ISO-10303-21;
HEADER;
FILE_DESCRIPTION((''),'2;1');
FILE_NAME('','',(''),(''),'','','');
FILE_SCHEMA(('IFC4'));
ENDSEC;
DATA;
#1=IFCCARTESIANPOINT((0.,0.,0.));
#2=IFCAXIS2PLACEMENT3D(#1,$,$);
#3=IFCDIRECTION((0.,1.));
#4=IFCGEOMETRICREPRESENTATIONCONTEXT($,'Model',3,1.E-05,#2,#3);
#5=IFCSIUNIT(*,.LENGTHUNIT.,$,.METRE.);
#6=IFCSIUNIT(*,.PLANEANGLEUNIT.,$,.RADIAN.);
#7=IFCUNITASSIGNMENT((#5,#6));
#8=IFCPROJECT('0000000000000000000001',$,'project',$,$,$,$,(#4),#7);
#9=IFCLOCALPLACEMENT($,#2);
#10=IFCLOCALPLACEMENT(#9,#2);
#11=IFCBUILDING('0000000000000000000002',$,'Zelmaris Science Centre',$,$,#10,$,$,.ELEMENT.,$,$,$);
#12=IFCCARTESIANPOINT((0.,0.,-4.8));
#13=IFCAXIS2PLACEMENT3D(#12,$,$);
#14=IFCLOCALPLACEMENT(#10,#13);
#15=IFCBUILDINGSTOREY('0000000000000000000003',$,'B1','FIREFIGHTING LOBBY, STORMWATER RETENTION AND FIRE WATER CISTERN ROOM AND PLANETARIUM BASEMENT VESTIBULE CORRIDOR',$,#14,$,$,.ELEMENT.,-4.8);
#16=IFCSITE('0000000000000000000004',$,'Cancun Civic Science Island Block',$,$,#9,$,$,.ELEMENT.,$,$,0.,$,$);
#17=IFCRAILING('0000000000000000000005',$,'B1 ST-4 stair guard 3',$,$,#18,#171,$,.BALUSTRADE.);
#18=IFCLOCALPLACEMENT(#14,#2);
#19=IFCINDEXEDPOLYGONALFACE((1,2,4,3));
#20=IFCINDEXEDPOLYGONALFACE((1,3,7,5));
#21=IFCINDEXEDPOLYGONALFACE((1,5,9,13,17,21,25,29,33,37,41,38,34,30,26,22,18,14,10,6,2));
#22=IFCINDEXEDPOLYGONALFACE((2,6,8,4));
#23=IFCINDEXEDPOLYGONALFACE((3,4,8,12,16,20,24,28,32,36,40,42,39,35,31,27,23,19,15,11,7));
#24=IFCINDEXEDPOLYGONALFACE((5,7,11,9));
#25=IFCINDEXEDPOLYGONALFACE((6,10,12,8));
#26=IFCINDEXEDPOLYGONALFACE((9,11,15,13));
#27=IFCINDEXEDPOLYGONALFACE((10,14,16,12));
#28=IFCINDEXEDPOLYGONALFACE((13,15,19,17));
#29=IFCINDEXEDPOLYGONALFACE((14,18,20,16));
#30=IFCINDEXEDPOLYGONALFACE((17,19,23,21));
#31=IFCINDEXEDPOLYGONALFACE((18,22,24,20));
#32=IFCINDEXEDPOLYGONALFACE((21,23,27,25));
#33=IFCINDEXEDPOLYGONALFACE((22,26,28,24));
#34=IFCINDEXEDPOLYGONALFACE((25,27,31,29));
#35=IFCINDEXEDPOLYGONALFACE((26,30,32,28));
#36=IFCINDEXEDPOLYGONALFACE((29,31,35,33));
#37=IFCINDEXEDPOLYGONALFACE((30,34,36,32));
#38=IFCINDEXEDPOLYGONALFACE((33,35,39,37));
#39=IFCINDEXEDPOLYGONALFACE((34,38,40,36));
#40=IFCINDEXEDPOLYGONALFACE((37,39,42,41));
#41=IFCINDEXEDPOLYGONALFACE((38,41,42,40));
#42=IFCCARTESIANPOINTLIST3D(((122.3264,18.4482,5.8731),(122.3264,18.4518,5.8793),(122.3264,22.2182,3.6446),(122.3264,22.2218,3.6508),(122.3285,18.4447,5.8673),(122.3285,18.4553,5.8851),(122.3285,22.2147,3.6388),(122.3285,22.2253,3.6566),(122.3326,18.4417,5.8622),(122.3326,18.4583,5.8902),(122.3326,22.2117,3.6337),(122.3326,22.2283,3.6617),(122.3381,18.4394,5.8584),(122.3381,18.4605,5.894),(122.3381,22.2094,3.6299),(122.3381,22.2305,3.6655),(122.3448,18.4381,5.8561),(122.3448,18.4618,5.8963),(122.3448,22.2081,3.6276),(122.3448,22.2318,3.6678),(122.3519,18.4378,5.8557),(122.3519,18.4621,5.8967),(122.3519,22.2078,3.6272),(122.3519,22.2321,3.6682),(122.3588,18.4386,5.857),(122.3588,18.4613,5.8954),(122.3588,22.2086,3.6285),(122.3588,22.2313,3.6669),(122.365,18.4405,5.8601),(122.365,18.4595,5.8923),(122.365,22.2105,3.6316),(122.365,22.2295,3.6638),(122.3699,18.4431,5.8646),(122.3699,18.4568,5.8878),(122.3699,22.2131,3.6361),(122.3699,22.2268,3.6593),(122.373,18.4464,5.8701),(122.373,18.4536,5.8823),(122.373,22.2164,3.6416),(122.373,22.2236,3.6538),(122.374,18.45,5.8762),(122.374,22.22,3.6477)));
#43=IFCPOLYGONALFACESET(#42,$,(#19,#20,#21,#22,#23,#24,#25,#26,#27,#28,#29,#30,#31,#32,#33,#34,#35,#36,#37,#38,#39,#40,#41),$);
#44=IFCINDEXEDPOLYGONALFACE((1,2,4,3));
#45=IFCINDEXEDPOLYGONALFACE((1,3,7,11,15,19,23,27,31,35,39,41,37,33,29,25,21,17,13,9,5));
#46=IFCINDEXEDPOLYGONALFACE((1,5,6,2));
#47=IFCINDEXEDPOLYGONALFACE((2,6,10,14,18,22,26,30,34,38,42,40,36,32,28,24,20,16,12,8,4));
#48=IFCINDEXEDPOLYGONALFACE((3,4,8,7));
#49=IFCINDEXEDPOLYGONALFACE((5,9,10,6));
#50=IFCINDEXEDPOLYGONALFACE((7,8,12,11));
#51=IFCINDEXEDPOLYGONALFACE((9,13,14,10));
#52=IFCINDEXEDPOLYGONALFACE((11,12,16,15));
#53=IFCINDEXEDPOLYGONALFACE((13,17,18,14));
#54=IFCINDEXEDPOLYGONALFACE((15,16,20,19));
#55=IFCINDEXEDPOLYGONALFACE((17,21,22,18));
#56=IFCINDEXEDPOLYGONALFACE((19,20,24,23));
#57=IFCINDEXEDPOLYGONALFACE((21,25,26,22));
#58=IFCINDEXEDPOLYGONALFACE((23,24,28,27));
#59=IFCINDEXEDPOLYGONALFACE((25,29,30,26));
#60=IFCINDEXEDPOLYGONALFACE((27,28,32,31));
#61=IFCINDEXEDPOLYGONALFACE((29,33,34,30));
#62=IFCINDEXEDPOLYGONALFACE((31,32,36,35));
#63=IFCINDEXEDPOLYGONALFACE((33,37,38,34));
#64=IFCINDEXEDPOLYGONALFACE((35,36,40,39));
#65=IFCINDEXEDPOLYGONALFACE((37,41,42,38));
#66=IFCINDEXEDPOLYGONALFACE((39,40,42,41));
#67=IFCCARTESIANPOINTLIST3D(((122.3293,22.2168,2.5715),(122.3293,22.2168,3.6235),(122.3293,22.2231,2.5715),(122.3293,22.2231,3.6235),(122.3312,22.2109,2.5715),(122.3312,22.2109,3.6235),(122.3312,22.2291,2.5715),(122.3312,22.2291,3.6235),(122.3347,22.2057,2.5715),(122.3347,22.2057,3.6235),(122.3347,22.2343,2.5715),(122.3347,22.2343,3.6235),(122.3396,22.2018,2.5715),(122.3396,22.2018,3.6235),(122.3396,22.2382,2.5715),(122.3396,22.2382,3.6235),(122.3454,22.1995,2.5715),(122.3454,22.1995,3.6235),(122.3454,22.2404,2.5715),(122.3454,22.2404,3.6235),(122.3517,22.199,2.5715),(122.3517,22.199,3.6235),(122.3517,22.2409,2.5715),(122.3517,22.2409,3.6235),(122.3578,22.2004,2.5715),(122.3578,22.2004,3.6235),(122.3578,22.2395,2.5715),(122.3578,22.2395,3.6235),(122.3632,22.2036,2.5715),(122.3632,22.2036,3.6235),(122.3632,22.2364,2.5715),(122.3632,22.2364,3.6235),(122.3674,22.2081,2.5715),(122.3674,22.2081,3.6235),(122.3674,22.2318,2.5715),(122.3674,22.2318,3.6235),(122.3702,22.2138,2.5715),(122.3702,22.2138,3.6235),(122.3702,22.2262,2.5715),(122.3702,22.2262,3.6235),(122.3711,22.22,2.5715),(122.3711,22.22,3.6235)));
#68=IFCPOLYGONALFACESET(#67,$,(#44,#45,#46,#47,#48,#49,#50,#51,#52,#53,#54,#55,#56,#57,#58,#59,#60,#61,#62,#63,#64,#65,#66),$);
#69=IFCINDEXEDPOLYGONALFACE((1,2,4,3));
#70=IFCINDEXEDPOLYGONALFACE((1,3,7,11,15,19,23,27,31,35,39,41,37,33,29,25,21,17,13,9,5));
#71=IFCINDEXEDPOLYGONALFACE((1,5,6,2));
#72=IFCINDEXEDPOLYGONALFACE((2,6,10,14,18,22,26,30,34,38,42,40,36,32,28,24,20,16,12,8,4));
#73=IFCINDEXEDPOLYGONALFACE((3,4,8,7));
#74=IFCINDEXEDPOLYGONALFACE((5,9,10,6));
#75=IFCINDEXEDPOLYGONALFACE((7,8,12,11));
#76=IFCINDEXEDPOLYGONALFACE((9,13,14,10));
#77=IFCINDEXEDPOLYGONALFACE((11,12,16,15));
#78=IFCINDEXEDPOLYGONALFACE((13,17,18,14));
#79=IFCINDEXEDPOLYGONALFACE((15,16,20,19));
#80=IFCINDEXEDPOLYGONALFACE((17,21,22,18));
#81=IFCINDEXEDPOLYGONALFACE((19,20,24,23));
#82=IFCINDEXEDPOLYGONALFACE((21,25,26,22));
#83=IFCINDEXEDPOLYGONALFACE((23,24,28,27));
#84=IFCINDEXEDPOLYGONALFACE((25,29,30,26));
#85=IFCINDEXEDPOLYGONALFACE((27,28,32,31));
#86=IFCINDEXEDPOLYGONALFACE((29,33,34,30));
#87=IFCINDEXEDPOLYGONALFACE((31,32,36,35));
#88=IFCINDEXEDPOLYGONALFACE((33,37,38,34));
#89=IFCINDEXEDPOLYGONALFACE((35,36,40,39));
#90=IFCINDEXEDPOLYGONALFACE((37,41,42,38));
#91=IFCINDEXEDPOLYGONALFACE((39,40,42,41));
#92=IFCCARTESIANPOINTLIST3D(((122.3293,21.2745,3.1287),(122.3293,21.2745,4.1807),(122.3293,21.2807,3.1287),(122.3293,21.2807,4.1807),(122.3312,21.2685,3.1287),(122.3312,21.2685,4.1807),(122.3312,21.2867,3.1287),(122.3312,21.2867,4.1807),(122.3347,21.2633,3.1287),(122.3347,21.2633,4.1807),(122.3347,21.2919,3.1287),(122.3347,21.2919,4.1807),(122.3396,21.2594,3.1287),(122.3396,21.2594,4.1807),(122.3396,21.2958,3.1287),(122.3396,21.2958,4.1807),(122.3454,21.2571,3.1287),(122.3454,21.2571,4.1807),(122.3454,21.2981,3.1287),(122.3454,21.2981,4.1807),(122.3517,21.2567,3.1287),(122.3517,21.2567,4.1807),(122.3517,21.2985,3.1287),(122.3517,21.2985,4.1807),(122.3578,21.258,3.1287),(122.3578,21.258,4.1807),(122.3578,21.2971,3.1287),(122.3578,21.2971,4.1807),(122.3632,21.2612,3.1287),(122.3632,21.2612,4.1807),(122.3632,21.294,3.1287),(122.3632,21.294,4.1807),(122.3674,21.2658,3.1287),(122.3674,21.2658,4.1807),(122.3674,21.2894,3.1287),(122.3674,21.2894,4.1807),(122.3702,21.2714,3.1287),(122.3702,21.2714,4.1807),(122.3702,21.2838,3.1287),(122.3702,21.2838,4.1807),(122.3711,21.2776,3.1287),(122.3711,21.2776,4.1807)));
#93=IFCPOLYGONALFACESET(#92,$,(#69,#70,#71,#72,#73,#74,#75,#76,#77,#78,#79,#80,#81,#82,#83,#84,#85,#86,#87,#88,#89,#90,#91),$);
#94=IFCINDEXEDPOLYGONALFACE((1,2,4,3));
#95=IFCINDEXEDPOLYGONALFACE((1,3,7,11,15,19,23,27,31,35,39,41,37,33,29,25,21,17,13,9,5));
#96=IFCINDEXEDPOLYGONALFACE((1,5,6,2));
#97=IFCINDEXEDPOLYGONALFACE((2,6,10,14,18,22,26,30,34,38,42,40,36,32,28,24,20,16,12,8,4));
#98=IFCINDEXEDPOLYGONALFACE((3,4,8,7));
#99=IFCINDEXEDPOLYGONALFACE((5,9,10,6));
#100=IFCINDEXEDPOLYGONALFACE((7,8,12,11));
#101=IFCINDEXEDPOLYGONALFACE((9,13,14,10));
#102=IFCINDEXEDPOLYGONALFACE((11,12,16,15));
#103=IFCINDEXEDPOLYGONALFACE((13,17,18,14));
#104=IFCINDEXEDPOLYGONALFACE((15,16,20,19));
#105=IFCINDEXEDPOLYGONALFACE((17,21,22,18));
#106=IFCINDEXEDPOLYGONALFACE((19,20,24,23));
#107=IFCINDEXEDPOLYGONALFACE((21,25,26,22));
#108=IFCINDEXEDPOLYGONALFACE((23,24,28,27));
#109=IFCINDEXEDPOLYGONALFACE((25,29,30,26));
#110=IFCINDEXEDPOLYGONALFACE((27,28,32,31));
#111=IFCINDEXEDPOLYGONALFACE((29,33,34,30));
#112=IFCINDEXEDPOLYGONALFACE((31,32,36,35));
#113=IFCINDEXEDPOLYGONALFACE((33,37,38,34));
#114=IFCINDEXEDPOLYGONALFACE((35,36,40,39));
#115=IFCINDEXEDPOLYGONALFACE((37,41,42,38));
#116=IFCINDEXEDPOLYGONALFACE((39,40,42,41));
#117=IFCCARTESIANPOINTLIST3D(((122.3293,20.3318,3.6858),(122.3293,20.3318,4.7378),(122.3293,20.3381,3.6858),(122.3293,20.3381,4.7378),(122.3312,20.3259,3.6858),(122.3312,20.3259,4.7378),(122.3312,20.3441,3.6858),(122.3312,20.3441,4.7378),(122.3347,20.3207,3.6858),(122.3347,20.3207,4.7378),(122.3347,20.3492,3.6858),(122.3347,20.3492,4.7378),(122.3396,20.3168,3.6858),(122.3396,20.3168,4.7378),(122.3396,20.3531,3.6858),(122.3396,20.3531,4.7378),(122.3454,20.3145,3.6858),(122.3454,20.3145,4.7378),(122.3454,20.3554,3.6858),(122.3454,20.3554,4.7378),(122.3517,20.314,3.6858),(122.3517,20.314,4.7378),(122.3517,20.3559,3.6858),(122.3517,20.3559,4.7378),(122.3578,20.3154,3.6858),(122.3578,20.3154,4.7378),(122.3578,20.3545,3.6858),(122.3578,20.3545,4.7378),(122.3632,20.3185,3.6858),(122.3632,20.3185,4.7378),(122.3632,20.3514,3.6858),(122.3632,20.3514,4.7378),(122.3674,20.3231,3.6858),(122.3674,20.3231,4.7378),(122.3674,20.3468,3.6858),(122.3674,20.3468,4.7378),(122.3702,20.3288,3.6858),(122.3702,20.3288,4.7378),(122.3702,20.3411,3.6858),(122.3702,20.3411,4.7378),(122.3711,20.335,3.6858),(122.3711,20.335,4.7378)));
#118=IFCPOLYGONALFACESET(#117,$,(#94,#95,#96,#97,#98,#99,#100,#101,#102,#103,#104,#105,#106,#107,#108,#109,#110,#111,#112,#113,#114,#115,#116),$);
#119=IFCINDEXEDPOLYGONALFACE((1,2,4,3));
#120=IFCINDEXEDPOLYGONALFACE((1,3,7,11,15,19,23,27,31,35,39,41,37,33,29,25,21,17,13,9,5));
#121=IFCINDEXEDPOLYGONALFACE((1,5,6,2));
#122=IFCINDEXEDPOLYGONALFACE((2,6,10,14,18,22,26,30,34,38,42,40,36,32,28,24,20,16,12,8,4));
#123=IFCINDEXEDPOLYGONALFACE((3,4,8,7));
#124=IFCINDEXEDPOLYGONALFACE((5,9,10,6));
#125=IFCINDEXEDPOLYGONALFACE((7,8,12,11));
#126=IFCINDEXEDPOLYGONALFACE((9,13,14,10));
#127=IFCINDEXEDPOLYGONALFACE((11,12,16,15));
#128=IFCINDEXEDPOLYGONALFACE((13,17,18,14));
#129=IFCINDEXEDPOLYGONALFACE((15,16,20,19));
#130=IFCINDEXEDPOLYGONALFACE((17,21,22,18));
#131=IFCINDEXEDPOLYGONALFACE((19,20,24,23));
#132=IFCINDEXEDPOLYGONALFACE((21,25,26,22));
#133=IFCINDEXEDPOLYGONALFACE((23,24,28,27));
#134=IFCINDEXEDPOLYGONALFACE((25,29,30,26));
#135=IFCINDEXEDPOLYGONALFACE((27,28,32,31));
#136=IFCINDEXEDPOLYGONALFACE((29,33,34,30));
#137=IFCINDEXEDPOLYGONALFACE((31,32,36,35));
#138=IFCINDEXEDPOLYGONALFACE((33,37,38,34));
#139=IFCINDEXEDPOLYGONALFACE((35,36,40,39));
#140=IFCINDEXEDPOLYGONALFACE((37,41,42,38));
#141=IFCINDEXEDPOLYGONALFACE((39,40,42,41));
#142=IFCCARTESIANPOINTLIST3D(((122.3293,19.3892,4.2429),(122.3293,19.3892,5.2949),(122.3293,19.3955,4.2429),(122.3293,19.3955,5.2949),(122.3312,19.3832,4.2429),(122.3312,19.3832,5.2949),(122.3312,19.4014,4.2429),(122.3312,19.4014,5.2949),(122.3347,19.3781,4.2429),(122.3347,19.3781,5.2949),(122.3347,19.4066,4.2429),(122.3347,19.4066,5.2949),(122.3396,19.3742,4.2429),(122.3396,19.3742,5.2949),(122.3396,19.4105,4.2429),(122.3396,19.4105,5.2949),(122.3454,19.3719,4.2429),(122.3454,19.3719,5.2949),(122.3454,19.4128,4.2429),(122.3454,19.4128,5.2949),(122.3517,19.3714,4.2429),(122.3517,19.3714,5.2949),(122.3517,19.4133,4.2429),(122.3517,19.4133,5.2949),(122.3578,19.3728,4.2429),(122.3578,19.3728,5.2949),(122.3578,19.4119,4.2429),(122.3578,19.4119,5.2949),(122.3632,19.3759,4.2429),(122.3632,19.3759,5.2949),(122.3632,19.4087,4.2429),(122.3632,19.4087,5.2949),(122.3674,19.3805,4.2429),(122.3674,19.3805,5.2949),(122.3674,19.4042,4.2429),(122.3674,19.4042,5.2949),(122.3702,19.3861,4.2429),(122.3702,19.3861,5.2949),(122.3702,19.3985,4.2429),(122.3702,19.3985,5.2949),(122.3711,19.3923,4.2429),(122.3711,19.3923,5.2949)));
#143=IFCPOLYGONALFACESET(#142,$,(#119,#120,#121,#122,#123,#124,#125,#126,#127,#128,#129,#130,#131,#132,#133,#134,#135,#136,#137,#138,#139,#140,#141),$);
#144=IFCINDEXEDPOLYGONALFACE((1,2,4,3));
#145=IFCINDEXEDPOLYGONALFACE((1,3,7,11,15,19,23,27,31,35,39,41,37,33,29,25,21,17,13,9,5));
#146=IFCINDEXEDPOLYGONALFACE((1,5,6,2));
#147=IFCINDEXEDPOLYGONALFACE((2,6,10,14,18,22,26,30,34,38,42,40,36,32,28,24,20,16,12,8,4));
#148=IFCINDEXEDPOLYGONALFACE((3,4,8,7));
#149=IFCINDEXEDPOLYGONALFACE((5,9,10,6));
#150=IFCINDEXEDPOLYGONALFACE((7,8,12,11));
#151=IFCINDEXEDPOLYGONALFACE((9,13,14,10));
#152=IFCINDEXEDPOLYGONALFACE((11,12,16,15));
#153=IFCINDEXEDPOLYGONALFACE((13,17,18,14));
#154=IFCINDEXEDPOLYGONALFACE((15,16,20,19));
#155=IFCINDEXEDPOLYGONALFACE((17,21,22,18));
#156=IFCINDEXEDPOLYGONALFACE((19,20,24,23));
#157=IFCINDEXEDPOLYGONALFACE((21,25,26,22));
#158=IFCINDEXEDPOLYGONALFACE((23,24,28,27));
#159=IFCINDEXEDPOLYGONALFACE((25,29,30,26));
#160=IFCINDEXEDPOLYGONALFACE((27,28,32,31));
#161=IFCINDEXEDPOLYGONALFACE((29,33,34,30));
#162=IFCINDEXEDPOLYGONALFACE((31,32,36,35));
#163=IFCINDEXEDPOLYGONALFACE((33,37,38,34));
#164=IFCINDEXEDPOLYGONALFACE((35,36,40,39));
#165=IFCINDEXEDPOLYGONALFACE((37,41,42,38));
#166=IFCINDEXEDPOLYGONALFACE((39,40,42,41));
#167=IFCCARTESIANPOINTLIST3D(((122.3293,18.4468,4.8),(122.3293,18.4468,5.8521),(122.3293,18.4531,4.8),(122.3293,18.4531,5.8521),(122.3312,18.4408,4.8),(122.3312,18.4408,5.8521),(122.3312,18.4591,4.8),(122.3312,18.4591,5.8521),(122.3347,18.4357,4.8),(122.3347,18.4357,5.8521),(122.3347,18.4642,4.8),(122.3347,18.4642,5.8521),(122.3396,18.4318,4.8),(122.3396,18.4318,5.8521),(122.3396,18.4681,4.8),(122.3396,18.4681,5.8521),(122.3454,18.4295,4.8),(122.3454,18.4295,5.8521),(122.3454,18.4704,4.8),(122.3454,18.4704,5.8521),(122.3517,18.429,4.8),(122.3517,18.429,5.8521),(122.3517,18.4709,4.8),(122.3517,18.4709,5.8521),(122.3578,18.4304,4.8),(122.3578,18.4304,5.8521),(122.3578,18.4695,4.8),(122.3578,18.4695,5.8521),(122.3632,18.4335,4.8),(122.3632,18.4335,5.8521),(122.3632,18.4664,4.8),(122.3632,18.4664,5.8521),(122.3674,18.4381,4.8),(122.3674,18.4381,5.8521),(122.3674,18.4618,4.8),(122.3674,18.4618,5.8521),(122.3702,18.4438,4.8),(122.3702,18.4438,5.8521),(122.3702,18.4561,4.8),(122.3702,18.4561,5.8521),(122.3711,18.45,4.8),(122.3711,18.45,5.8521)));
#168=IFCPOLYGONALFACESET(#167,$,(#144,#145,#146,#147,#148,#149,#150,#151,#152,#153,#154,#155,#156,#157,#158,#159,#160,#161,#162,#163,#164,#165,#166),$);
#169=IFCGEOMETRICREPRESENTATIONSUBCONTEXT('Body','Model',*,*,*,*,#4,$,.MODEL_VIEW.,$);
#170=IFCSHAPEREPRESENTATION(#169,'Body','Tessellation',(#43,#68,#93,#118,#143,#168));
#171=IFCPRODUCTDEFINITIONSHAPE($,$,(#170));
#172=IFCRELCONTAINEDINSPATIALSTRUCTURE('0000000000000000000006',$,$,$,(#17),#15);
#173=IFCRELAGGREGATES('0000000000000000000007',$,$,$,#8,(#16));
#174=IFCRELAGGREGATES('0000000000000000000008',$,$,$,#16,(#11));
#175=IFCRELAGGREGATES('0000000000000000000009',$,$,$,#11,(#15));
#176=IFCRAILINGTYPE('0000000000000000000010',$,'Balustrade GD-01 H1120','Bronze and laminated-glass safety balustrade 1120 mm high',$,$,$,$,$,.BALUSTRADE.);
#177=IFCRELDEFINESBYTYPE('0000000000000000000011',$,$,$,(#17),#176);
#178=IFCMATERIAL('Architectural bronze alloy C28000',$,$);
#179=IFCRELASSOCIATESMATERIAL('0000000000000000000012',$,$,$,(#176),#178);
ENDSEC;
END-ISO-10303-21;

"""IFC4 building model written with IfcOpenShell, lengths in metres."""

from ifc_helpers import new_model, si_unit, direction, frame, origin, origin_2d, place, context, subcontext, project, spatial, circle, extrude, material, type_object, element, save


model = new_model("IFC4")

# Units and contexts
model_context = context("Model", 3, precision=1e-05, world=origin(), true_north=direction((0.0, 1.0)))
body_context = subcontext(model_context, "Body", "Model", "MODEL_VIEW")
ifc_project = project(units=[si_unit("LENGTHUNIT", "METRE"), si_unit("PLANEANGLEUNIT", "RADIAN")], contexts=[model_context])

# Site, building, storey
site_placement = place(None, origin())
site = spatial("IfcSite", under=ifc_project, at=site_placement, Name="Cancun Civic Science Island Block", CompositionType="ELEMENT", RefElevation=0.0)
building_placement = place(site_placement, origin())
building = spatial("IfcBuilding", under=site, at=building_placement, Name="Zelmaris Science Centre", CompositionType="ELEMENT")
storey_placement = place(building_placement, frame((0.0, 0.0, -4.8)))
storey = spatial("IfcBuildingStorey", under=building, at=storey_placement, Name="B1", Description="FIREFIGHTING LOBBY, STORMWATER RETENTION AND FIRE WATER CISTERN ROOM AND PLANETARIUM BASEMENT VESTIBULE CORRIDOR", CompositionType="ELEMENT", Elevation=-4.8)

# Railing
ifc_material_1 = material(Name="Architectural bronze alloy C28000")
railing_type_1 = type_object("IfcRailingType", Name="Balustrade GD-01 H1120", Description="Bronze and laminated-glass safety balustrade 1120 mm high", PredefinedType="BALUSTRADE", material=ifc_material_1)
railing_1_placement = place(storey_placement, frame((122.3501, 22.22, 2.5715)))
element("IfcRailing", 1, at=railing_1_placement, inside=storey, type_object=railing_type_1, Name="B1 ST-4 stair guard 3", PredefinedType="BALUSTRADE", context=body_context, shape_type="SweptSolid", body=[
    extrude(circle(Radius=0.0239, at=origin_2d()), frame((0.0, 0.0, 1.0762), z_axis=(0.0, -0.860849, 0.508861), x_axis=(1.0, 0.0, 0.0)), (0.0, 0.0, 1.0), 4.3794),
    extrude(circle(Radius=0.021, at=origin_2d()), origin(), (0.0, 0.0, 1.0), 1.052),
    extrude(circle(Radius=0.021, at=origin_2d()), frame((0.0, -0.9424, 0.5571)), (0.0, 0.0, 1.0), 1.052),
    extrude(circle(Radius=0.021, at=origin_2d()), frame((0.0, -1.885, 1.1143)), (0.0, 0.0, 1.0), 1.052),
    extrude(circle(Radius=0.021, at=origin_2d()), frame((0.0, -2.8276, 1.6714)), (0.0, 0.0, 1.0), 1.052),
    extrude(circle(Radius=0.021, at=origin_2d()), frame((0.0, -3.77, 2.2285)), (0.0, 0.0, 1.0), 1.052),
])

save(model, "model.ifc")
